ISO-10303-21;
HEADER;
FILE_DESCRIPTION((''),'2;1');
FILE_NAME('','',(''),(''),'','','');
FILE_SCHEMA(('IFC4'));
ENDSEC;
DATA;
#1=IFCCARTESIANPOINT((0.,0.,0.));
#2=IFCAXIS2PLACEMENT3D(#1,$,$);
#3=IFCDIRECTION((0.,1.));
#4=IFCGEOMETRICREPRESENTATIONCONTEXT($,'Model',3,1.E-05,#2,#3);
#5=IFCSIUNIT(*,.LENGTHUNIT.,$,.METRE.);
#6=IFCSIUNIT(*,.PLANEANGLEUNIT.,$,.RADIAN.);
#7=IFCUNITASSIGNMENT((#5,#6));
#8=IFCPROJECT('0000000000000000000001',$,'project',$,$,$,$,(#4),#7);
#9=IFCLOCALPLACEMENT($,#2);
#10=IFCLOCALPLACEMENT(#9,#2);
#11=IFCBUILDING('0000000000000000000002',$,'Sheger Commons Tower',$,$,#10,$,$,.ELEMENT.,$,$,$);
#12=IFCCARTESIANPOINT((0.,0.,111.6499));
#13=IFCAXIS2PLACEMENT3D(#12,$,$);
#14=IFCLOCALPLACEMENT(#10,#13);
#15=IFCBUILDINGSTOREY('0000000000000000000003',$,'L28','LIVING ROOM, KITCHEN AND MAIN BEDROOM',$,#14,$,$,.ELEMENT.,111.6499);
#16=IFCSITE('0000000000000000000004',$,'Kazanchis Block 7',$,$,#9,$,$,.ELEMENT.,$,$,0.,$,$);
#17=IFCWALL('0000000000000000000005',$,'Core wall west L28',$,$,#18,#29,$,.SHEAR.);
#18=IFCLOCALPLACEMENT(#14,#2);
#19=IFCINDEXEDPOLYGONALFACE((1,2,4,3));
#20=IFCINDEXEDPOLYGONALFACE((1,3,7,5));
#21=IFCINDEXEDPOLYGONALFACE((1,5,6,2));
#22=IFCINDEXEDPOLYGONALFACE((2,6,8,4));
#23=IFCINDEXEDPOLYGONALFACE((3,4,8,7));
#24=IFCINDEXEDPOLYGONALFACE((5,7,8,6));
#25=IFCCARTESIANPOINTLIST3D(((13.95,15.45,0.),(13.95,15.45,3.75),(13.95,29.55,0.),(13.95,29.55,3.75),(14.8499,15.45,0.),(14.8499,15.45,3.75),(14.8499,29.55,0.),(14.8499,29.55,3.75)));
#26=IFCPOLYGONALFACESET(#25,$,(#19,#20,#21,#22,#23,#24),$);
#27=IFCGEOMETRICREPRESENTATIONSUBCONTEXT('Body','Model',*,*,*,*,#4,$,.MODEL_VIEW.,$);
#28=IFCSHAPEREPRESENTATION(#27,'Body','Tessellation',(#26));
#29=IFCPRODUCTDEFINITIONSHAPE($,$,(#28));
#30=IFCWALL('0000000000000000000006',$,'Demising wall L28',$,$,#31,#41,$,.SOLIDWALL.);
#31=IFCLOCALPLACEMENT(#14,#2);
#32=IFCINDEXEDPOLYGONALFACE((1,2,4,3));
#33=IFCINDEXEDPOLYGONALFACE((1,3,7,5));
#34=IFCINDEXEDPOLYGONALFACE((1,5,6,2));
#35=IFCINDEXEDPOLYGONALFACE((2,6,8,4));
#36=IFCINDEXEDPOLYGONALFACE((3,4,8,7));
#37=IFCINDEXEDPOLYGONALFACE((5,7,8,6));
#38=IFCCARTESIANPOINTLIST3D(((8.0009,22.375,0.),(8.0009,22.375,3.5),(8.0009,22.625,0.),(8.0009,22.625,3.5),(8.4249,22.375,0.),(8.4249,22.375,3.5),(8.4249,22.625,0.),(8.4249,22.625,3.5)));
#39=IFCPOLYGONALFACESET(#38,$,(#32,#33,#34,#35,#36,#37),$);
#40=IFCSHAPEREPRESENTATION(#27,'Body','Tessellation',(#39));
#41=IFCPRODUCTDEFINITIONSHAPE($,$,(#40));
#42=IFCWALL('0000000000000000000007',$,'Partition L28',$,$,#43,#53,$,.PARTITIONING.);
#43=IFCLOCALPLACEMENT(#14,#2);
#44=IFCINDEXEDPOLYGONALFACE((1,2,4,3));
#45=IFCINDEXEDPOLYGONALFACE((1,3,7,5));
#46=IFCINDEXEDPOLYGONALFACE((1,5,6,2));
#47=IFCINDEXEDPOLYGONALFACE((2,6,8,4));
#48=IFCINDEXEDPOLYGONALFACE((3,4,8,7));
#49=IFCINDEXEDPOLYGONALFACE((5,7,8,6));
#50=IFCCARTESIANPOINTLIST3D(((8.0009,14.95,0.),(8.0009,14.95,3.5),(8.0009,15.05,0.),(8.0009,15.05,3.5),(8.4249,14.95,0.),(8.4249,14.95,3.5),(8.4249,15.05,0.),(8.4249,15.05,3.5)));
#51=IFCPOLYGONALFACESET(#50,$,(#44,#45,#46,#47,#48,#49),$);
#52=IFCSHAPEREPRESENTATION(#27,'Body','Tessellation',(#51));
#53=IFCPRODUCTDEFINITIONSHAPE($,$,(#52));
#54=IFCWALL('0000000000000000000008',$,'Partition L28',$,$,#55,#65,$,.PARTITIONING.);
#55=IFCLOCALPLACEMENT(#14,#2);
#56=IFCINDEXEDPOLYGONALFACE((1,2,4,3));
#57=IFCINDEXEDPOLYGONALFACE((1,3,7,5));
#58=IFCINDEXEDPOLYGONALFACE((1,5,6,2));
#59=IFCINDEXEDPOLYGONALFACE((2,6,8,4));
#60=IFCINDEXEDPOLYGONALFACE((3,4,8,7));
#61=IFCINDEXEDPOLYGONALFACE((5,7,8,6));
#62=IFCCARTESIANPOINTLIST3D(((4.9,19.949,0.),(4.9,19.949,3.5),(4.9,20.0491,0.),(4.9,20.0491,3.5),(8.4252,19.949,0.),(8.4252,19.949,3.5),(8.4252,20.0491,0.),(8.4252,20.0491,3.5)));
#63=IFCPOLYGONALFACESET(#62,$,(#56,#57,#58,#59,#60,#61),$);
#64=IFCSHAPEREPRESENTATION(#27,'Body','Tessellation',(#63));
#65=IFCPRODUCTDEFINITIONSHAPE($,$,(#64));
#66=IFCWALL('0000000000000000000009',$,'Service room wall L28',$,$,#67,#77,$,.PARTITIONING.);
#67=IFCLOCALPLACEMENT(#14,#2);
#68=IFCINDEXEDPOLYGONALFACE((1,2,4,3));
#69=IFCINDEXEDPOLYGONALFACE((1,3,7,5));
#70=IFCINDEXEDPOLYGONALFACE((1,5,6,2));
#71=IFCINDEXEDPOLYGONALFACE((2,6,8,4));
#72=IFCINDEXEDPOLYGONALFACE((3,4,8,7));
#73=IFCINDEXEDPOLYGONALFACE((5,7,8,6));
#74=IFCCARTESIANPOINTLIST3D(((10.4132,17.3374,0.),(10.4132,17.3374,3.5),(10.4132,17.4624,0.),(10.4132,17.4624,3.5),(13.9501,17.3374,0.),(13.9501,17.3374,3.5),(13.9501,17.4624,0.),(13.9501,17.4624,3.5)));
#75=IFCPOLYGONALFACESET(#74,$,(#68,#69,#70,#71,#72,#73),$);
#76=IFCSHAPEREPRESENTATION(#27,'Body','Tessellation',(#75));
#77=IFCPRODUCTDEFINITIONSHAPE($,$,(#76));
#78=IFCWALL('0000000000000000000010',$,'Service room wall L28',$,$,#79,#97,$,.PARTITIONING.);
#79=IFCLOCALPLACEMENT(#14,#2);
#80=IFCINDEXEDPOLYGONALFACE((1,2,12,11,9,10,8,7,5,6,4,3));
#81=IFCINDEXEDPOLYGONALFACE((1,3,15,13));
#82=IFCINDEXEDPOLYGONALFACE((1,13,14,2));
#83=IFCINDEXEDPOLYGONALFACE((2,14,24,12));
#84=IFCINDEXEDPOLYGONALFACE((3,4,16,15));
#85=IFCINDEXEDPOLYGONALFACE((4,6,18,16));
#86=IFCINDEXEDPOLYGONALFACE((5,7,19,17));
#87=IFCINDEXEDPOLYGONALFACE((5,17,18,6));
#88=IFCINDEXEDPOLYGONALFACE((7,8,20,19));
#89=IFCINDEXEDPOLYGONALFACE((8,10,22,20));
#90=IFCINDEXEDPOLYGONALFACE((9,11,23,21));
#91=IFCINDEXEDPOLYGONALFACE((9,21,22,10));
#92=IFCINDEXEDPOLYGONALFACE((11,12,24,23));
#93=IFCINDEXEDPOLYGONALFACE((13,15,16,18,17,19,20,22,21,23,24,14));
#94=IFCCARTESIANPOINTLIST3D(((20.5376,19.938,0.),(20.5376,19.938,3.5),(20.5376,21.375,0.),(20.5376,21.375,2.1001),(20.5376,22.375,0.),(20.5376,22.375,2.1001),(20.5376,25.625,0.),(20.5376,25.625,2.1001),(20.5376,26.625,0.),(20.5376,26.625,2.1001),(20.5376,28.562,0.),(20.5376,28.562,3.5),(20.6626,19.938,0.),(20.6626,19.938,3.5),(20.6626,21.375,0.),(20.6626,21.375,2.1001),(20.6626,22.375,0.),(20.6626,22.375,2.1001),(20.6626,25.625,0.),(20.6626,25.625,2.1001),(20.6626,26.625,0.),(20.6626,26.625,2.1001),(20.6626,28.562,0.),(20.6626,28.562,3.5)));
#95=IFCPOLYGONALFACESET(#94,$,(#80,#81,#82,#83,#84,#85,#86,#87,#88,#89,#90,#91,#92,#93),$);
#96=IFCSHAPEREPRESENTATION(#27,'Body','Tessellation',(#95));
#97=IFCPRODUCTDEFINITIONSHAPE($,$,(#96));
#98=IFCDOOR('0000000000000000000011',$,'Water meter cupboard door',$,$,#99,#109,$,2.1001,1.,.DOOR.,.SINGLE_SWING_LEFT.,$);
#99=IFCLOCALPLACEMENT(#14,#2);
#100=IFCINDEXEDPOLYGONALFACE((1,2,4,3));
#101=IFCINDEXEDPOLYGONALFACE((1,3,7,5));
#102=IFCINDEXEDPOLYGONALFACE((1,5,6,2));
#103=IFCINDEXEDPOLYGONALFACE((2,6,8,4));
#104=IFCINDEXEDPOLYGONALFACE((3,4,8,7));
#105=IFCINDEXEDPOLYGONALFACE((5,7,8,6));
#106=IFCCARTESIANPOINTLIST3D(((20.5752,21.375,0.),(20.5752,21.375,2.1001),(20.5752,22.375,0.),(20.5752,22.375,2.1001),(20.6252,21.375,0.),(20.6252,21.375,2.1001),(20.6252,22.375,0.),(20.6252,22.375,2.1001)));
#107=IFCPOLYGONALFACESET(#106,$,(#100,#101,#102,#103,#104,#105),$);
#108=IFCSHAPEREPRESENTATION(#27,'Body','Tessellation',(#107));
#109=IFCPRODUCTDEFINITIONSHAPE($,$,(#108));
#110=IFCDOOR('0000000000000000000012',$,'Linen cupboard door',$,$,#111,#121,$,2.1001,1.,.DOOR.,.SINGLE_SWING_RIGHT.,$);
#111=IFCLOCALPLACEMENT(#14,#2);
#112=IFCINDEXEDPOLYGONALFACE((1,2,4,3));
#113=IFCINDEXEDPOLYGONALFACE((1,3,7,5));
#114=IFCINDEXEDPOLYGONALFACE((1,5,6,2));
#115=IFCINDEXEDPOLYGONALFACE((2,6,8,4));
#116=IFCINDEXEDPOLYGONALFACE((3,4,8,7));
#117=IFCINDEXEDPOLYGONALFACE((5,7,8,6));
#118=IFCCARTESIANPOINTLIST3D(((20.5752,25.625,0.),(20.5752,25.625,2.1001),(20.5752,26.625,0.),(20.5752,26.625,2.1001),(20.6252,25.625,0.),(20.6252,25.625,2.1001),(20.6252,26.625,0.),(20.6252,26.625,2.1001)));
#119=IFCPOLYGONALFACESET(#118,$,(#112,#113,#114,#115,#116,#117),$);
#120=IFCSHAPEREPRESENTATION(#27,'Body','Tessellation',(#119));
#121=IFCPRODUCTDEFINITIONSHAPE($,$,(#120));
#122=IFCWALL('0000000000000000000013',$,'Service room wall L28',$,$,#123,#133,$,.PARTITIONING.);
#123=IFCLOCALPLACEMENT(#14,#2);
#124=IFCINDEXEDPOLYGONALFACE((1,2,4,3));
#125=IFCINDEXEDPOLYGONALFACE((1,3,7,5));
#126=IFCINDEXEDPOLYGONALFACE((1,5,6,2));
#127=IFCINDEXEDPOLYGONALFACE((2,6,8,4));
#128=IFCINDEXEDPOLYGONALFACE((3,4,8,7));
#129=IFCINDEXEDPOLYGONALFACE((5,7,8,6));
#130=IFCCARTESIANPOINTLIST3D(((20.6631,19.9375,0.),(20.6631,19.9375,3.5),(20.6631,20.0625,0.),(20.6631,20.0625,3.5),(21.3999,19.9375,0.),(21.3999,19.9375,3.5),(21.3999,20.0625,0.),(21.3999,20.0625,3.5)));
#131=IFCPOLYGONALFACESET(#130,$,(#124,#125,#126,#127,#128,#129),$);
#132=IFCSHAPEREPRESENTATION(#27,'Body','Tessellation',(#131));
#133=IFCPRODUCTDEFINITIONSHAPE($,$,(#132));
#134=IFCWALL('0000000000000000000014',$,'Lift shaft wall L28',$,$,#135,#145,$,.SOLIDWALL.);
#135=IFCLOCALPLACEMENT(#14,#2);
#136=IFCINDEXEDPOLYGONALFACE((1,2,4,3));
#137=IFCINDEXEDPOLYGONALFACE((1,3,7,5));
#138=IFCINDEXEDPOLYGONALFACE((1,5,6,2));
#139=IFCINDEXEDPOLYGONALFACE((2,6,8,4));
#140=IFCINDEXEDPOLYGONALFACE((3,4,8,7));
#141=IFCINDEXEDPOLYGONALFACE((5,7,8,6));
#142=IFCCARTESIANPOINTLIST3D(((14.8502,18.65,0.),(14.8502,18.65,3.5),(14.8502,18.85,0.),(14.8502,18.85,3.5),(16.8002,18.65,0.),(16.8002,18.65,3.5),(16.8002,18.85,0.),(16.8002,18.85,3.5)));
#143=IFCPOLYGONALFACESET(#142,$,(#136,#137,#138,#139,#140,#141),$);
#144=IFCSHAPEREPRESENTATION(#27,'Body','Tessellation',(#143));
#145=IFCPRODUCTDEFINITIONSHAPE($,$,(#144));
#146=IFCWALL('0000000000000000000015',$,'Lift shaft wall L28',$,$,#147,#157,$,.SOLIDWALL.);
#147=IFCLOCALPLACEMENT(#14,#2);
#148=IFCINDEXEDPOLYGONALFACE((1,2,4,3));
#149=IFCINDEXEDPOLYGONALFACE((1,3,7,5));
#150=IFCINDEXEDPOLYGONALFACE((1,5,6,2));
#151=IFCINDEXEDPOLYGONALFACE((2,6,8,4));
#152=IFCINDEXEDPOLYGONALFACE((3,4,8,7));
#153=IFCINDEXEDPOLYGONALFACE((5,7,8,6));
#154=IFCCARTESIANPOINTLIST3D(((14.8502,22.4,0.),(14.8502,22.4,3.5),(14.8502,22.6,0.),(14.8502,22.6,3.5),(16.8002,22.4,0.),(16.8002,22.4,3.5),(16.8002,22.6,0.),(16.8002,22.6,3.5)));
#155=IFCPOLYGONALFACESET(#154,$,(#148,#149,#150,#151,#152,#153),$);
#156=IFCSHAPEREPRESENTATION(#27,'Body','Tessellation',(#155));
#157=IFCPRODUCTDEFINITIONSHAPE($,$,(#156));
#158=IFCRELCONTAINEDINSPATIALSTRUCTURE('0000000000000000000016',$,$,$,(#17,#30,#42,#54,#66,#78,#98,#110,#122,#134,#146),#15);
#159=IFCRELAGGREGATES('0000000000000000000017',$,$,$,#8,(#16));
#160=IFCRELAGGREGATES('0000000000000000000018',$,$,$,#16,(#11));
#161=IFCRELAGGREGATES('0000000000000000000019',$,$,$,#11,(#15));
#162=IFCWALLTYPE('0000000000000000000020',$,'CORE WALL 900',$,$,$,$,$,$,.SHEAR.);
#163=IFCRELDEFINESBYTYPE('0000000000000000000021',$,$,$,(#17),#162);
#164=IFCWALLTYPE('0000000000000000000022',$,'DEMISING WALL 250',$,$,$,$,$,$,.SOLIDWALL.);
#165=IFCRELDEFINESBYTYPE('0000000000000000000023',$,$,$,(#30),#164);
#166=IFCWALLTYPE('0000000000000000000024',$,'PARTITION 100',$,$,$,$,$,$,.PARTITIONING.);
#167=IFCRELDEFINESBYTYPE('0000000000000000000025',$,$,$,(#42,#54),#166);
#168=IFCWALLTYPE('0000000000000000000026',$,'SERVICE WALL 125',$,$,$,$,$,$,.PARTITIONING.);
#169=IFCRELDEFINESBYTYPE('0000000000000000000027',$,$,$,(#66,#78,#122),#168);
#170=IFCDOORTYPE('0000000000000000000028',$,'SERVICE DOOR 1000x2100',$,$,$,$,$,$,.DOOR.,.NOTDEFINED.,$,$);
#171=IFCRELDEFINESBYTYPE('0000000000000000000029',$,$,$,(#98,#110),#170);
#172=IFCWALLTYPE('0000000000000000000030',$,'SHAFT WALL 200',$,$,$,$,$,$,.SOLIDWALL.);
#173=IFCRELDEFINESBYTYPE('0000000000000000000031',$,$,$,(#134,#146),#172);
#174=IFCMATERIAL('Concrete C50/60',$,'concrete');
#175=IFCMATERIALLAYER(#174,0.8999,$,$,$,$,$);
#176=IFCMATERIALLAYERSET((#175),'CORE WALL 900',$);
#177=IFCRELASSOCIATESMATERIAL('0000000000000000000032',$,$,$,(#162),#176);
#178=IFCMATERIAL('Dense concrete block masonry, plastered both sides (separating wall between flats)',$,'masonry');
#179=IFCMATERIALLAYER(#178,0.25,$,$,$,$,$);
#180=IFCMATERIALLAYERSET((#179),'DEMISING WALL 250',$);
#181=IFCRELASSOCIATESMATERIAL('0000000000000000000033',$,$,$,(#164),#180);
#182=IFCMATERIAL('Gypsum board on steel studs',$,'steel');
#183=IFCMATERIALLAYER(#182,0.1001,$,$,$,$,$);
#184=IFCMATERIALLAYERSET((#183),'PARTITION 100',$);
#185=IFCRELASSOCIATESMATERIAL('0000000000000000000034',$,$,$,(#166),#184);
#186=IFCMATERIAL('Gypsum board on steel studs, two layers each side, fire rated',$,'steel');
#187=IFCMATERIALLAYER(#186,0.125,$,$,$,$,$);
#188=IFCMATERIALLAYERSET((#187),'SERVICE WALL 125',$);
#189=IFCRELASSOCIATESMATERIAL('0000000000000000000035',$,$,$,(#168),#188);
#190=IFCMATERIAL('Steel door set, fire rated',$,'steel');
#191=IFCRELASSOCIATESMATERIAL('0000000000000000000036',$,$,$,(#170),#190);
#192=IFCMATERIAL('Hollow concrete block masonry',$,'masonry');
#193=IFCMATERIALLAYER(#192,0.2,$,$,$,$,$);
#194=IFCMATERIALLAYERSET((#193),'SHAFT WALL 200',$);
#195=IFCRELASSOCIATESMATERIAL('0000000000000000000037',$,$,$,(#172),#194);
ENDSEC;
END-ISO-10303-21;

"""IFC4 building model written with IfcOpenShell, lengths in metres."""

from ifc_helpers import new_model, si_unit, direction, frame, frame_2d, origin, place, context, subcontext, project, spatial, rectangle, extrude, material, layer, layer_set, type_object, element, fill, save


model = new_model("IFC4")

# Units and contexts
model_context = context("Model", 3, precision=1e-05, world=origin(), true_north=direction((0.0, 1.0)))
body_context = subcontext(model_context, "Body", "Model", "MODEL_VIEW")
ifc_project = project(units=[si_unit("LENGTHUNIT", "METRE"), si_unit("PLANEANGLEUNIT", "RADIAN")], contexts=[model_context])

# Site, building, storey
site_placement = place(None, origin())
site = spatial("IfcSite", under=ifc_project, at=site_placement, Name="Kazanchis Block 7", CompositionType="ELEMENT", RefElevation=0.0)
building_placement = place(site_placement, origin())
building = spatial("IfcBuilding", under=site, at=building_placement, Name="Sheger Commons Tower", CompositionType="ELEMENT")
storey_placement = place(building_placement, frame((0.0, 0.0, 111.6499)))
storey = spatial("IfcBuildingStorey", under=building, at=storey_placement, Name="L28", Description="LIVING ROOM, KITCHEN AND MAIN BEDROOM", CompositionType="ELEMENT", Elevation=111.6499)

# Shared definitions
ifc_material_1 = material(Name="Concrete C50/60", Category="concrete")
ifc_layer_1 = layer(ifc_material_1, 0.8999)
ifc_layer_set_1 = layer_set([ifc_layer_1], Name="CORE WALL 900")
wall_type_1 = type_object("IfcWallType", Name="CORE WALL 900", PredefinedType="SHEAR", material=ifc_layer_set_1)

# Walls
wall_1_placement = place(storey_placement, frame((14.3999, 15.45, 0.0), z_axis=(0.0, 0.0, 1.0), x_axis=(0.0, 1.0, 0.0)))
element("IfcWall", 1, at=wall_1_placement, inside=storey, type_object=wall_type_1, Name="Core wall west L28", PredefinedType="SHEAR", context=body_context, shape_type="SweptSolid", body=[
    extrude(rectangle(XDim=14.1001, YDim=0.8999, at=frame_2d((7.05, 0.0))), origin(), (0.0, 0.0, 1.0), 3.75),
])
ifc_material_2 = material(Name="Dense concrete block masonry, plastered both sides (separating wall between flats)", Category="masonry")
ifc_layer_2 = layer(ifc_material_2, 0.25)
ifc_layer_set_2 = layer_set([ifc_layer_2], Name="DEMISING WALL 250")
wall_type_2 = type_object("IfcWallType", Name="DEMISING WALL 250", PredefinedType="SOLIDWALL", material=ifc_layer_set_2)
wall_2_placement = place(storey_placement, frame((8.001, 22.5, 0.0), z_axis=(0.0, 0.0, 1.0), x_axis=(1.0, 0.0, 0.0)))
element("IfcWall", 2, at=wall_2_placement, inside=storey, type_object=wall_type_2, Name="Demising wall L28", PredefinedType="SOLIDWALL", context=body_context, shape_type="SweptSolid", body=[
    extrude(rectangle(XDim=0.4241, YDim=0.25, at=frame_2d((0.2119, 0.0))), origin(), (0.0, 0.0, 1.0), 3.5),
])
ifc_material_3 = material(Name="Gypsum board on steel studs", Category="steel")
ifc_layer_3 = layer(ifc_material_3, 0.1001)
ifc_layer_set_3 = layer_set([ifc_layer_3], Name="PARTITION 100")
wall_type_3 = type_object("IfcWallType", Name="PARTITION 100", PredefinedType="PARTITIONING", material=ifc_layer_set_3)
wall_3_placement = place(storey_placement, frame((8.001, 15.0, 0.0), z_axis=(0.0, 0.0, 1.0), x_axis=(1.0, 0.0, 0.0)))
element("IfcWall", 3, at=wall_3_placement, inside=storey, type_object=wall_type_3, Name="Partition L28", PredefinedType="PARTITIONING", context=body_context, shape_type="SweptSolid", body=[
    extrude(rectangle(XDim=0.4241, YDim=0.1001, at=frame_2d((0.2119, 0.0))), origin(), (0.0, 0.0, 1.0), 3.5),
])
wall_4_placement = place(storey_placement, frame((4.8999, 19.999, 0.0), z_axis=(0.0, 0.0, 1.0), x_axis=(1.0, 0.0, 0.0)))
element("IfcWall", 4, at=wall_4_placement, inside=storey, type_object=wall_type_3, Name="Partition L28", PredefinedType="PARTITIONING", context=body_context, shape_type="SweptSolid", body=[
    extrude(rectangle(XDim=3.5251, YDim=0.1001, at=frame_2d((1.7627, 0.0))), origin(), (0.0, 0.0, 1.0), 3.5),
])
ifc_material_4 = material(Name="Gypsum board on steel studs, two layers each side, fire rated", Category="steel")
ifc_layer_4 = layer(ifc_material_4, 0.125)
ifc_layer_set_4 = layer_set([ifc_layer_4], Name="SERVICE WALL 125")
wall_type_4 = type_object("IfcWallType", Name="SERVICE WALL 125", PredefinedType="PARTITIONING", material=ifc_layer_set_4)
wall_5_placement = place(storey_placement, frame((10.4131, 17.3999, 0.0), z_axis=(0.0, 0.0, 1.0), x_axis=(1.0, 0.0, 0.0)))
element("IfcWall", 5, at=wall_5_placement, inside=storey, type_object=wall_type_4, Name="Service room wall L28", PredefinedType="PARTITIONING", context=body_context, shape_type="SweptSolid", body=[
    extrude(rectangle(XDim=3.5369, YDim=0.125, at=frame_2d((1.7686, 0.0))), origin(), (0.0, 0.0, 1.0), 3.5),
])

# Wall, openings, doors
wall_6_placement = place(storey_placement, frame((20.6001, 19.938, 0.0), z_axis=(0.0, 0.0, 1.0), x_axis=(0.0, 1.0, 0.0)))
wall_6 = element("IfcWall", 6, at=wall_6_placement, inside=storey, type_object=wall_type_4, Name="Service room wall L28", PredefinedType="PARTITIONING", context=body_context, shape_type="SweptSolid", body=[
    extrude(rectangle(XDim=8.624, YDim=0.125, at=frame_2d((4.312, 0.0))), origin(), (0.0, 0.0, 1.0), 3.5),
])
opening_1_placement = place(wall_6_placement, frame((1.437, 0.0, 0.0)))
opening_1 = element("IfcOpeningElement", 7, at=opening_1_placement, cuts=wall_6, PredefinedType="OPENING", context=body_context, shape_type="SweptSolid", body=[
    extrude(rectangle(XDim=1.0, YDim=2.1001, at=frame_2d((0.5, 1.05))), frame((0.0, 0.0725, 0.0), z_axis=(0.0, -1.0, 0.0), x_axis=(1.0, 0.0, 0.0)), (0.0, 0.0, 1.0), 0.145),
])
opening_2_placement = place(wall_6_placement, frame((5.687, 0.0, 0.0)))
opening_2 = element("IfcOpeningElement", 8, at=opening_2_placement, cuts=wall_6, PredefinedType="OPENING", context=body_context, shape_type="SweptSolid", body=[
    extrude(rectangle(XDim=1.0, YDim=2.1001, at=frame_2d((0.5, 1.05))), frame((0.0, 0.0725, 0.0), z_axis=(0.0, -1.0, 0.0), x_axis=(1.0, 0.0, 0.0)), (0.0, 0.0, 1.0), 0.145),
])
ifc_material_5 = material(Name="Steel door set, fire rated", Category="steel")
door_type_1 = type_object("IfcDoorType", Name="SERVICE DOOR 1000x2100", OperationType="NOTDEFINED", PredefinedType="DOOR", material=ifc_material_5)
door_1_placement = place(opening_1_placement, origin())
door_1 = element("IfcDoor", 9, at=door_1_placement, inside=storey, type_object=door_type_1, Name="Water meter cupboard door", OperationType="SINGLE_SWING_LEFT", OverallHeight=2.1001, OverallWidth=1.0, PredefinedType="DOOR", context=body_context, shape_type="SweptSolid", body=[
    extrude(rectangle(XDim=1.0, YDim=2.1001, at=frame_2d((0.5, 1.05))), frame((0.0, 0.0249, 0.0), z_axis=(0.0, -1.0, 0.0), x_axis=(1.0, 0.0, 0.0)), (0.0, 0.0, 1.0), 0.05),
])
fill(opening_1, door_1)
door_2_placement = place(opening_2_placement, origin())
door_2 = element("IfcDoor", 10, at=door_2_placement, inside=storey, type_object=door_type_1, Name="Linen cupboard door", OperationType="SINGLE_SWING_RIGHT", OverallHeight=2.1001, OverallWidth=1.0, PredefinedType="DOOR", context=body_context, shape_type="SweptSolid", body=[
    extrude(rectangle(XDim=1.0, YDim=2.1001, at=frame_2d((0.5, 1.05))), frame((0.0, 0.0249, 0.0), z_axis=(0.0, -1.0, 0.0), x_axis=(1.0, 0.0, 0.0)), (0.0, 0.0, 1.0), 0.05),
])
fill(opening_2, door_2)

# Walls
wall_7_placement = place(storey_placement, frame((20.6631, 20.0, 0.0), z_axis=(0.0, 0.0, 1.0), x_axis=(1.0, 0.0, 0.0)))
element("IfcWall", 11, at=wall_7_placement, inside=storey, type_object=wall_type_4, Name="Service room wall L28", PredefinedType="PARTITIONING", context=body_context, shape_type="SweptSolid", body=[
    extrude(rectangle(XDim=0.7368, YDim=0.125, at=frame_2d((0.3684, 0.0))), origin(), (0.0, 0.0, 1.0), 3.5),
])
ifc_material_6 = material(Name="Hollow concrete block masonry", Category="masonry")
ifc_layer_5 = layer(ifc_material_6, 0.2)
ifc_layer_set_5 = layer_set([ifc_layer_5], Name="SHAFT WALL 200")
wall_type_5 = type_object("IfcWallType", Name="SHAFT WALL 200", PredefinedType="SOLIDWALL", material=ifc_layer_set_5)
for number, where, z_axis, x_axis, name in (
    (12, (14.8501, 18.75, 0.0), (0.0, 0.0, 1.0), (1.0, 0.0, 0.0), "Lift shaft wall L28"),
    (13, (14.8501, 22.5, 0.0), (0.0, 0.0, 1.0), (1.0, 0.0, 0.0), "Lift shaft wall L28"),
):
    element("IfcWall", number, at=place(storey_placement, frame(where, z_axis=z_axis, x_axis=x_axis)), inside=storey, type_object=wall_type_5, Name=name, PredefinedType="SOLIDWALL", context=body_context, shape_type="SweptSolid", body=[
        extrude(rectangle(XDim=1.95, YDim=0.2, at=frame_2d((0.9751, 0.0))), origin(), (0.0, 0.0, 1.0), 3.5),
    ])

save(model, "model.ifc")
